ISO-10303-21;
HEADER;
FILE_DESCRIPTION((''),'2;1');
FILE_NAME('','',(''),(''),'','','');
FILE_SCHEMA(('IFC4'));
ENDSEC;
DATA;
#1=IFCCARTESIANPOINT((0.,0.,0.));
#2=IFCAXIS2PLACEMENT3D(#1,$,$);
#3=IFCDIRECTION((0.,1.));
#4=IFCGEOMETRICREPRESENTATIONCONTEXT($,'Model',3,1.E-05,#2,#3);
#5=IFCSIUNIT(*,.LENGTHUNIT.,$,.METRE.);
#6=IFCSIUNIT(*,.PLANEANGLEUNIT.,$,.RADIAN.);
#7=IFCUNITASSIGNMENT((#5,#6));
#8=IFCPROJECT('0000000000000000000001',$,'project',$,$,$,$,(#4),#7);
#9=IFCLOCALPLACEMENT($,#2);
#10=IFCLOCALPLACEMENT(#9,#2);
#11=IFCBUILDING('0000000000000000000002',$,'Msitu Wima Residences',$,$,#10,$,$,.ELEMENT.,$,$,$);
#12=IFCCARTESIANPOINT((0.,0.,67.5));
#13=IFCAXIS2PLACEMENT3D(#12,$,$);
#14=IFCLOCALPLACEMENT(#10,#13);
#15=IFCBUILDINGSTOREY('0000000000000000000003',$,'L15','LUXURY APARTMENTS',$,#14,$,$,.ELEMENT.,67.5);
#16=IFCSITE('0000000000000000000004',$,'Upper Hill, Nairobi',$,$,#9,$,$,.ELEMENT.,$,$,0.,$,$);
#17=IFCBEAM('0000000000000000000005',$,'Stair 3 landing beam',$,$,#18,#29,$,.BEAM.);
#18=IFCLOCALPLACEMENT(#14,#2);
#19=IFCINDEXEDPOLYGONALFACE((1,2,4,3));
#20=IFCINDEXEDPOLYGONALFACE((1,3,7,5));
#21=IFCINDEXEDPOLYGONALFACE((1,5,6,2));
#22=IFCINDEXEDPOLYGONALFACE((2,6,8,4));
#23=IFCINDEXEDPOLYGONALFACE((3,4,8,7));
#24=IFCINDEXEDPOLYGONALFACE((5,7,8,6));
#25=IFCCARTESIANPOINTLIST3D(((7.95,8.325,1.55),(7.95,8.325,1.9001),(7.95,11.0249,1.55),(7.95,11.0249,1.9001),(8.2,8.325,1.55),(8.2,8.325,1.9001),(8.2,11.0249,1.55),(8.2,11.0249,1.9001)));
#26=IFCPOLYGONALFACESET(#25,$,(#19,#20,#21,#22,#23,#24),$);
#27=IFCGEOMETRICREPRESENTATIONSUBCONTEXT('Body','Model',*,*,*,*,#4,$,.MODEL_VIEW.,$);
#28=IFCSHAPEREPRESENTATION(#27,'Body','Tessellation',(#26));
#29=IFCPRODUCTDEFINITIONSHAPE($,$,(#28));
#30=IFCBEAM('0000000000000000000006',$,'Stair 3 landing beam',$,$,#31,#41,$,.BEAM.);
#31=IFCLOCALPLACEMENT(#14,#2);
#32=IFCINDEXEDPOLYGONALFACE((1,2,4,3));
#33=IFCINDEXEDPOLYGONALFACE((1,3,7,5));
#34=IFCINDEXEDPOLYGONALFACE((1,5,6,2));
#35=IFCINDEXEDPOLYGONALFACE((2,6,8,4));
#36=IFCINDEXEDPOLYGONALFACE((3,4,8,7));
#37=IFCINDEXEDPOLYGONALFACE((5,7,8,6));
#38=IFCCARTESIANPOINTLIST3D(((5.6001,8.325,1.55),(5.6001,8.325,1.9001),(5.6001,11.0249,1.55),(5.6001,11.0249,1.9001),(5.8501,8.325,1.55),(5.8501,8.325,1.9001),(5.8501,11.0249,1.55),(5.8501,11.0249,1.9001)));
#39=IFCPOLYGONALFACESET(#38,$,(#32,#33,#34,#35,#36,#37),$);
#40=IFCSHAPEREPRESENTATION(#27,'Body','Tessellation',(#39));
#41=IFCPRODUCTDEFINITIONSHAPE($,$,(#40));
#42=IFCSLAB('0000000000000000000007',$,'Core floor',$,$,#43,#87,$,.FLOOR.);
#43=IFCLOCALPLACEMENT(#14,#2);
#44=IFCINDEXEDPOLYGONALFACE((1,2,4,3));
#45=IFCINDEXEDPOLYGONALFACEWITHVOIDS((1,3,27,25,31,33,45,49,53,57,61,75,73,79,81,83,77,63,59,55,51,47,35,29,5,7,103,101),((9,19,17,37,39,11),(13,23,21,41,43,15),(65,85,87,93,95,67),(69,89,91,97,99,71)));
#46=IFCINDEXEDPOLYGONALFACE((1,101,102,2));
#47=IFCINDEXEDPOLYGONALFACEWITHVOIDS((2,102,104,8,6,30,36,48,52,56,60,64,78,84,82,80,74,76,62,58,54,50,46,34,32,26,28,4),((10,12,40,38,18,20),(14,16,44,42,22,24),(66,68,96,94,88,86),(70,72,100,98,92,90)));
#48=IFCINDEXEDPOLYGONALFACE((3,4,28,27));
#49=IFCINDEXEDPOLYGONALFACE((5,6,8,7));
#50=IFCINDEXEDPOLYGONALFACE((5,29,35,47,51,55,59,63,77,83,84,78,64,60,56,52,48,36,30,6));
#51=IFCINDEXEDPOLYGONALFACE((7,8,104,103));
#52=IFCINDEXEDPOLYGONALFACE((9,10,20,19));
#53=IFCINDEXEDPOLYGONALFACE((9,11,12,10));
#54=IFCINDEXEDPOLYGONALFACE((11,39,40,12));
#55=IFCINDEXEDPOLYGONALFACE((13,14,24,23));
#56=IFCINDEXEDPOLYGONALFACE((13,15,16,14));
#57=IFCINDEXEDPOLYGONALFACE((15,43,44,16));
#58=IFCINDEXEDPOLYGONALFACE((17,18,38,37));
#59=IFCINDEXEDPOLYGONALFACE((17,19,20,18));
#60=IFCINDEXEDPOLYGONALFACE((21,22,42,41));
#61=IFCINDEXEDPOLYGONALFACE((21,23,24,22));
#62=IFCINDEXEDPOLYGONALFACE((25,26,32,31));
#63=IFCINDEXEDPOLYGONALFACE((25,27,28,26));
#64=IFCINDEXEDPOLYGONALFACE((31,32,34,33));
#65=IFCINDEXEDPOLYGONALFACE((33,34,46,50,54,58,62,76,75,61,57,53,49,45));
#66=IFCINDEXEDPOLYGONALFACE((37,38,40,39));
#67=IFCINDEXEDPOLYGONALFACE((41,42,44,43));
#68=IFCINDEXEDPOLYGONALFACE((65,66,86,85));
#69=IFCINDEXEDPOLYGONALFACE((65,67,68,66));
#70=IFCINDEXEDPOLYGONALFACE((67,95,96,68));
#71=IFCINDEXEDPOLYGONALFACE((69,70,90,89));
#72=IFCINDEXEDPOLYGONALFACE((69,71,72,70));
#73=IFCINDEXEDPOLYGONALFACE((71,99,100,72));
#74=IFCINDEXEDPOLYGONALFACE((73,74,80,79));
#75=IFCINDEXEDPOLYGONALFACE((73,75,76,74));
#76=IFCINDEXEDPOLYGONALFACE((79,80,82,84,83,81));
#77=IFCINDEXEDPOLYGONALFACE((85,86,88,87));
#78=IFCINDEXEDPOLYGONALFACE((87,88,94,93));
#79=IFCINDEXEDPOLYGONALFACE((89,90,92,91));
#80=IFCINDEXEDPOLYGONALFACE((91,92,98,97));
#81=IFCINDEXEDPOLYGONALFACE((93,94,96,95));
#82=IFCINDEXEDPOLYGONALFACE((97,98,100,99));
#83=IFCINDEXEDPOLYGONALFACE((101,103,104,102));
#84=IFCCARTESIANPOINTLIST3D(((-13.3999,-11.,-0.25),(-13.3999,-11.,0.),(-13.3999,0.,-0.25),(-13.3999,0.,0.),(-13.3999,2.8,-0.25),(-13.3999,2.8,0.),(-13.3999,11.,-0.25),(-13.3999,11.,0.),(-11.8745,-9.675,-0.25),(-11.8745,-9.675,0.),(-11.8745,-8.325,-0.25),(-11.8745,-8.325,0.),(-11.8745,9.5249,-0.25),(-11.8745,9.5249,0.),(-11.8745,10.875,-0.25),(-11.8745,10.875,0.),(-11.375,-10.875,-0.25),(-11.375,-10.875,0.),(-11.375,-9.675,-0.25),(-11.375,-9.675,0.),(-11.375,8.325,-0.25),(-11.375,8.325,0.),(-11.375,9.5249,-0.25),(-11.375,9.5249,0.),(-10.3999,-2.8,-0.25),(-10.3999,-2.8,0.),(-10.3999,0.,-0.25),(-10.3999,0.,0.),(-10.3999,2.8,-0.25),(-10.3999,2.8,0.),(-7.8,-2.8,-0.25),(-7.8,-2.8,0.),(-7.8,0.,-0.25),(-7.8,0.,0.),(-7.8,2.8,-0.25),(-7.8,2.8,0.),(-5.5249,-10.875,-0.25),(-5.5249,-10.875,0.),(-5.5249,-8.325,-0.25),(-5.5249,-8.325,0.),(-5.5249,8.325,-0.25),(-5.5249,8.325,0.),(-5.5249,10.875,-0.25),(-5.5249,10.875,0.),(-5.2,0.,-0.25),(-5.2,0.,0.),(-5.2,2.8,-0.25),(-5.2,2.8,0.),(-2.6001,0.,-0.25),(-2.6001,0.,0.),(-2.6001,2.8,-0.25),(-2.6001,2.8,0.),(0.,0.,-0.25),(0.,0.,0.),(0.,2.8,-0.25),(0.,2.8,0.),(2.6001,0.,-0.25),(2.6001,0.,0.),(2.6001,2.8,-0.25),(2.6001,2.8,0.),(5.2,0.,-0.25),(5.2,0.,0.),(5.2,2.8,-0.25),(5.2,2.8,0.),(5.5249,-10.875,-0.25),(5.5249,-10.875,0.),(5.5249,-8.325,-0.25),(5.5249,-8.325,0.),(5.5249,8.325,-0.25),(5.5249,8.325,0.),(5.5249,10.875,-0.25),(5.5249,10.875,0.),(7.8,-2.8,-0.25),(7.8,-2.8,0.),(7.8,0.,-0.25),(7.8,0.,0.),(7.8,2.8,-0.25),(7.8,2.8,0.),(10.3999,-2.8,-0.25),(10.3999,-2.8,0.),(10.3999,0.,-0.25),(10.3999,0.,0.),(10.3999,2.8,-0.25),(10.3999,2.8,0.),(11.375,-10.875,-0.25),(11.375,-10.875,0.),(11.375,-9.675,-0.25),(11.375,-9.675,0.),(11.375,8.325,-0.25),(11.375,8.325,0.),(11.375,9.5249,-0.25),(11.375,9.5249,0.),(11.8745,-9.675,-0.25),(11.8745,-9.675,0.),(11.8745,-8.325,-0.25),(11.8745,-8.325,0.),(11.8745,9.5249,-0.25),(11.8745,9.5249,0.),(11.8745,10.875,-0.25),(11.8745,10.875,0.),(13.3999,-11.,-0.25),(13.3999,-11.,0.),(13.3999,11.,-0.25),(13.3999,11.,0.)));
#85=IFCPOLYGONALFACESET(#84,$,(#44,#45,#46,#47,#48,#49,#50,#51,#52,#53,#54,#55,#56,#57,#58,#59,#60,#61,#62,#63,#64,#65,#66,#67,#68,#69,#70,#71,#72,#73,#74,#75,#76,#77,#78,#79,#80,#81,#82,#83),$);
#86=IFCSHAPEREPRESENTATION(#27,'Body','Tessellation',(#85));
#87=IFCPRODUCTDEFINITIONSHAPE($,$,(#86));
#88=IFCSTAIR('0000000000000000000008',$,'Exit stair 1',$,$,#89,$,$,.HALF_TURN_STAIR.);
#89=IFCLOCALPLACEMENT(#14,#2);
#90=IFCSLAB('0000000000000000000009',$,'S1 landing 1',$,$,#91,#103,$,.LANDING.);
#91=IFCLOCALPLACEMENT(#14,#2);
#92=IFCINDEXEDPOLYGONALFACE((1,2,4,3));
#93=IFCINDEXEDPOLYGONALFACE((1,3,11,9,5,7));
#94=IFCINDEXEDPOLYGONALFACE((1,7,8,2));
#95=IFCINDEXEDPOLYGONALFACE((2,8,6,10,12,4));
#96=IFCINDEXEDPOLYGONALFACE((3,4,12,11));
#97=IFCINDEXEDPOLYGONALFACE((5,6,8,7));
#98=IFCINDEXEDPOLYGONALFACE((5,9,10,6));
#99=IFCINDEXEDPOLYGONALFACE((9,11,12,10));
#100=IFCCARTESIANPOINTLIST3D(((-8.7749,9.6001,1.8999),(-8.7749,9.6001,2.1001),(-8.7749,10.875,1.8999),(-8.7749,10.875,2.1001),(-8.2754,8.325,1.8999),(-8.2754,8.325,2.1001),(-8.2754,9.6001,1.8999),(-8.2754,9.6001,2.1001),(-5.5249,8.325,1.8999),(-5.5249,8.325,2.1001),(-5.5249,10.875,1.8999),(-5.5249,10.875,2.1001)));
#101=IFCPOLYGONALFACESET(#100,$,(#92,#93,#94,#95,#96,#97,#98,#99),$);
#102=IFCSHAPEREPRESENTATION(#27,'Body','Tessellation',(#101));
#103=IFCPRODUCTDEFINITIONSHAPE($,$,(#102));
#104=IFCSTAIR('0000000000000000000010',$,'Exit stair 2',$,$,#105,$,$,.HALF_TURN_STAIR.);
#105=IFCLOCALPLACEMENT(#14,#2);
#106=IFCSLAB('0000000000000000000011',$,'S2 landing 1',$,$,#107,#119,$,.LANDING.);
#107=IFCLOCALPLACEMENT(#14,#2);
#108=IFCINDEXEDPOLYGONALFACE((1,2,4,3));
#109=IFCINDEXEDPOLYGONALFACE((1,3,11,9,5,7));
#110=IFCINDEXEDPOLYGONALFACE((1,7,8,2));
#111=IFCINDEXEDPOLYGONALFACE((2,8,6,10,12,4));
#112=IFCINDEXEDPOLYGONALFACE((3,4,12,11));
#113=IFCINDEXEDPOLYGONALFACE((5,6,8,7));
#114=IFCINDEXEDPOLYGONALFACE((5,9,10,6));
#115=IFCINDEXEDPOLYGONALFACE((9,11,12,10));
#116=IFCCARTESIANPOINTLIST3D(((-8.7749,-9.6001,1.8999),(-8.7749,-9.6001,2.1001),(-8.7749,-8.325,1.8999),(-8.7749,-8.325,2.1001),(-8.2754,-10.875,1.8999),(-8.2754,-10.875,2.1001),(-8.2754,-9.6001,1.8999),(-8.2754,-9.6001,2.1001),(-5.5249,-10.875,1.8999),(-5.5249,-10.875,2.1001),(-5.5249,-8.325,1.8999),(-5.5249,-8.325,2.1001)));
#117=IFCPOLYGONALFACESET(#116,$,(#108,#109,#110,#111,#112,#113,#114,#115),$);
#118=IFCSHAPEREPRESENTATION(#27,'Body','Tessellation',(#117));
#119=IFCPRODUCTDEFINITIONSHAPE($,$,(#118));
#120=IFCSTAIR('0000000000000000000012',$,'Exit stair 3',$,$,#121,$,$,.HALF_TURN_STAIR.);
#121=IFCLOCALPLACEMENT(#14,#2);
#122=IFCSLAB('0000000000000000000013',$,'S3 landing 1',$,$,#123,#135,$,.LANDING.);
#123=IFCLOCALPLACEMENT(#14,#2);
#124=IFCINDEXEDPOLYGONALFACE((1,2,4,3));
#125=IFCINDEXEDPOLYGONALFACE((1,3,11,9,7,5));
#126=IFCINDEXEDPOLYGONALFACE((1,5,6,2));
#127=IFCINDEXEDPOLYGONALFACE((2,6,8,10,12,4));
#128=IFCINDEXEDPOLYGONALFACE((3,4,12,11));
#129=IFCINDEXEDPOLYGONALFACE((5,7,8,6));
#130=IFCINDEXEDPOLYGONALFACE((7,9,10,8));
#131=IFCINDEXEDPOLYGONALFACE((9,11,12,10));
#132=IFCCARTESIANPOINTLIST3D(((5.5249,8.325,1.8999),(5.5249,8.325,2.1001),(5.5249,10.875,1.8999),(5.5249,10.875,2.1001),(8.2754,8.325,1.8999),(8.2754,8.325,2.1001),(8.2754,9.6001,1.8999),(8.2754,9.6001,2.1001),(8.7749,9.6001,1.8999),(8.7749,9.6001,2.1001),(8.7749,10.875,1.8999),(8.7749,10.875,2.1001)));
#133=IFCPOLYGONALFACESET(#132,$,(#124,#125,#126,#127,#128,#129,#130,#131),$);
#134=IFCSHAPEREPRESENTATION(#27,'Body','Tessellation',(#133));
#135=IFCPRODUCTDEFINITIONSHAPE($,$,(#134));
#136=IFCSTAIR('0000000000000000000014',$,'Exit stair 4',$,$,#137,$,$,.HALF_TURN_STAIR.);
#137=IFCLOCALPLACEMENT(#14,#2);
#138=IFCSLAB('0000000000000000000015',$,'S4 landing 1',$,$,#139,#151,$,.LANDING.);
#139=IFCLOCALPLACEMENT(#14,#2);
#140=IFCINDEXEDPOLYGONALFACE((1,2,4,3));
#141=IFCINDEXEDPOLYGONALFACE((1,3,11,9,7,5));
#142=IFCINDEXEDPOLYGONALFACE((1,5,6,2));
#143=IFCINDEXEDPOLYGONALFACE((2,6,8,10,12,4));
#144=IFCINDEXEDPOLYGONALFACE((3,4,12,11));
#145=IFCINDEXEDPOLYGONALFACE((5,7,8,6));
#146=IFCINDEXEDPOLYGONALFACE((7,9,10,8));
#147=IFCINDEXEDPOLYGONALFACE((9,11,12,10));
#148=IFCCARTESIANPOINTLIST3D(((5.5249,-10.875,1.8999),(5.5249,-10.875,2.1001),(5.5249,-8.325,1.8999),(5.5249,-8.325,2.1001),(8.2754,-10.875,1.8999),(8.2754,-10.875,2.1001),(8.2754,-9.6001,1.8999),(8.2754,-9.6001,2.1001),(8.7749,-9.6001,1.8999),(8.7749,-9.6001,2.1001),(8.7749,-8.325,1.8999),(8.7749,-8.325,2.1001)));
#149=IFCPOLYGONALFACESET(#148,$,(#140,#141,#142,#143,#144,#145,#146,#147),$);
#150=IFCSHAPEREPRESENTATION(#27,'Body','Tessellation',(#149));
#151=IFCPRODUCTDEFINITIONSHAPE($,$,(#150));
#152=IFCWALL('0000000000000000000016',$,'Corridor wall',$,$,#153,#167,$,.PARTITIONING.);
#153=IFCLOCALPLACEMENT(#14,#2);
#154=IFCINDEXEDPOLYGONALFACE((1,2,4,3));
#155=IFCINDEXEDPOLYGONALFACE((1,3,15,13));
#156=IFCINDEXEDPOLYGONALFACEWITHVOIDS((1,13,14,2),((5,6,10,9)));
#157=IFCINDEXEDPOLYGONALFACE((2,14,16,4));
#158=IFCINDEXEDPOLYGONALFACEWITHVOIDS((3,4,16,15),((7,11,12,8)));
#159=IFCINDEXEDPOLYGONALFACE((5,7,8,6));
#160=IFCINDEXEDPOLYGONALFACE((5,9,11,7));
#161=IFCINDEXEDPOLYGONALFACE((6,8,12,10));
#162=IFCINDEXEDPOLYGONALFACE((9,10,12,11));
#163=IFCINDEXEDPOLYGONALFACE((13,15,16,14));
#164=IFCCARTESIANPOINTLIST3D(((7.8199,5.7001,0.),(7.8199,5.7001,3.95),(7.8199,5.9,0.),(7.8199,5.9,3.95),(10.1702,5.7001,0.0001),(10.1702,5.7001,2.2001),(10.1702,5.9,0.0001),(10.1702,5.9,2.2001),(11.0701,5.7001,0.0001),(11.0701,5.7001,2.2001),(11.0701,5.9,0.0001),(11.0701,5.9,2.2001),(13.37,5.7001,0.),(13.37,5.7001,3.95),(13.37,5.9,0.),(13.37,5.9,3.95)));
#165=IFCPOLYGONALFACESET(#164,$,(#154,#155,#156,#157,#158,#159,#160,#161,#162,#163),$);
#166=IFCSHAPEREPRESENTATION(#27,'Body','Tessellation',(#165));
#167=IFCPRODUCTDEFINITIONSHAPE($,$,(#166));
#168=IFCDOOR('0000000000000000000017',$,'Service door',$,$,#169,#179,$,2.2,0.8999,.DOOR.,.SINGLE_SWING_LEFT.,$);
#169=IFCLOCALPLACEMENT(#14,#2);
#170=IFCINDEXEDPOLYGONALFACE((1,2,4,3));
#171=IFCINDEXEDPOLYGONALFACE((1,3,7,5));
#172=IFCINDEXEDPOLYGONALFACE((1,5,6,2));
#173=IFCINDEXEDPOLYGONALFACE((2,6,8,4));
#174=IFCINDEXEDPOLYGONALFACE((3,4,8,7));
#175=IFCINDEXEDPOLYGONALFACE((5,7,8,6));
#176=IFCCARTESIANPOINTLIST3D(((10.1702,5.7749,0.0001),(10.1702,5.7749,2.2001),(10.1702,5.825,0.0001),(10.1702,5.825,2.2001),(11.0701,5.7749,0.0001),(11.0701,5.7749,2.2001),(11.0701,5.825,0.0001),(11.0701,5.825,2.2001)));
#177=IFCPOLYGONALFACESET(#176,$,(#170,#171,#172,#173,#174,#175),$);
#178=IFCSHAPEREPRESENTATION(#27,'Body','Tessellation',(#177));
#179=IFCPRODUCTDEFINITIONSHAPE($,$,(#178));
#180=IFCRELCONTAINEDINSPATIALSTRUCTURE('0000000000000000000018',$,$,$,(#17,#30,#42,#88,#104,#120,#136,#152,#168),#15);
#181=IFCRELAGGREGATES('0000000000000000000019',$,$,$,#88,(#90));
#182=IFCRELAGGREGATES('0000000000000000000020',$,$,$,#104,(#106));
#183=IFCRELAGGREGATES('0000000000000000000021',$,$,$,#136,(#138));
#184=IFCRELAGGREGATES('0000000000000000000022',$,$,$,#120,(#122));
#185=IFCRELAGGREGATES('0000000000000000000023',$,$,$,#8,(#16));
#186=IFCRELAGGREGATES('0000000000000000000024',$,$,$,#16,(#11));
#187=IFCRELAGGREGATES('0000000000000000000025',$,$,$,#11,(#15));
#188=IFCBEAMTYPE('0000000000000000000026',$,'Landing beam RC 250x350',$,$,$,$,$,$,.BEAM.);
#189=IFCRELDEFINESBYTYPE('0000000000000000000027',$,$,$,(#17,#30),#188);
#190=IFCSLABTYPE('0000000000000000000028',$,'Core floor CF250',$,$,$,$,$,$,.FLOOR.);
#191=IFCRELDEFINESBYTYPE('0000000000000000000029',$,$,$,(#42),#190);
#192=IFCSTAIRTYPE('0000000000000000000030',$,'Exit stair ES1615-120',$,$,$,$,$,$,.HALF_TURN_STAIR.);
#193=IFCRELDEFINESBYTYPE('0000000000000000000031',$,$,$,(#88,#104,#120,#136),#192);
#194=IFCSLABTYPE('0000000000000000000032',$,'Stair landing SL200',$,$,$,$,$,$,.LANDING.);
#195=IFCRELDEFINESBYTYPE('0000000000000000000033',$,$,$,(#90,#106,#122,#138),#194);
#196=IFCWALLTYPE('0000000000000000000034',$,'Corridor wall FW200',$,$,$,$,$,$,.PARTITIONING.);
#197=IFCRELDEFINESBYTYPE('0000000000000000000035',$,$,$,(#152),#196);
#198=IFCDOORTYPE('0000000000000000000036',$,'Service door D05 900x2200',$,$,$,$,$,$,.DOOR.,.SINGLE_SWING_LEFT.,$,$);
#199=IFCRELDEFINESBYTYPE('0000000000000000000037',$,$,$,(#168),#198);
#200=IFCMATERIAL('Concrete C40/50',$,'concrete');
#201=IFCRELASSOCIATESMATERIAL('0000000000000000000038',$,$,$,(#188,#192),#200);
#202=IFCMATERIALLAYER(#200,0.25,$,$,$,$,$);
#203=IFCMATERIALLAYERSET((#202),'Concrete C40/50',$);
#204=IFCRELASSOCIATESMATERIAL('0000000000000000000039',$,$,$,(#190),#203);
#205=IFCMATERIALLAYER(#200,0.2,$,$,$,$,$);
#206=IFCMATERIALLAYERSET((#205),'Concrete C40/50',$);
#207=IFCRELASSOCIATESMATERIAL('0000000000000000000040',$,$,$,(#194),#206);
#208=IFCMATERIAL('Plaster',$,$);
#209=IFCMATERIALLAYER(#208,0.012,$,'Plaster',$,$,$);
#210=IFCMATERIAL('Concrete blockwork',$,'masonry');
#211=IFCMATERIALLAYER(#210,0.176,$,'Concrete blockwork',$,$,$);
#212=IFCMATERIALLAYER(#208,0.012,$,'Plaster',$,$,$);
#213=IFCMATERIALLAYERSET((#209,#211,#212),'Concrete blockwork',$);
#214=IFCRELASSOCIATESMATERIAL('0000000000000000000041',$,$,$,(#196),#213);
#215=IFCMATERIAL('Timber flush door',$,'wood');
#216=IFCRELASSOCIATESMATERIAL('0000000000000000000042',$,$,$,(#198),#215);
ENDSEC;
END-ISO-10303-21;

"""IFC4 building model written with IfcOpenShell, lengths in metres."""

from ifc_helpers import new_model, si_unit, direction, frame, frame_2d, origin, origin_2d, place, context, subcontext, project, spatial, polyline, rectangle, outline, extrude, material, layer, layer_set, material_profile, profile_set, type_object, element, fill, aggregate, save


model = new_model("IFC4")

# Units and contexts
model_context = context("Model", 3, precision=1e-05, world=origin(), true_north=direction((0.0, 1.0)))
body_context = subcontext(model_context, "Body", "Model", "MODEL_VIEW")
ifc_project = project(units=[si_unit("LENGTHUNIT", "METRE"), si_unit("PLANEANGLEUNIT", "RADIAN")], contexts=[model_context])

# Site, building, storey
site_placement = place(None, origin())
site = spatial("IfcSite", under=ifc_project, at=site_placement, Name="Upper Hill, Nairobi", CompositionType="ELEMENT", RefElevation=0.0)
building_placement = place(site_placement, origin())
building = spatial("IfcBuilding", under=site, at=building_placement, Name="Msitu Wima Residences", CompositionType="ELEMENT")
storey_placement = place(building_placement, frame((0.0, 0.0, 67.5)))
storey = spatial("IfcBuildingStorey", under=building, at=storey_placement, Name="L15", Description="LUXURY APARTMENTS", CompositionType="ELEMENT", Elevation=67.5)

# Beams
ifc_material_1 = material(Name="Concrete C40/50", Category="concrete")
ifc_material_profile = material_profile(ifc_material_1, rectangle(XDim=0.25, YDim=0.3501, at=origin_2d()), Name="RC 250x350")
ifc_profile_set = profile_set([ifc_material_profile], Name="Concrete C40/50")
beam_type = type_object("IfcBeamType", Name="Landing beam RC 250x350", PredefinedType="BEAM", material=ifc_profile_set)
for number, where, z_axis, x_axis, name in (
    (1, (8.075, 8.325, 1.7251), (0.0, 1.0, 0.0), (-1.0, 0.0, 0.0), "Stair 3 landing beam"),
    (2, (5.7251, 8.325, 1.7251), (0.0, 1.0, 0.0), (-1.0, 0.0, 0.0), "Stair 3 landing beam"),
):
    element("IfcBeam", number, at=place(storey_placement, frame(where, z_axis=z_axis, x_axis=x_axis)), inside=storey, type_object=beam_type, Name=name, PredefinedType="BEAM", context=body_context, shape_type="SweptSolid", body=[
        extrude(rectangle(XDim=0.25, YDim=0.3501, at=origin_2d()), origin(), (0.0, 0.0, 1.0), 2.7),
    ])

# Slab
ifc_layer_1 = layer(ifc_material_1, 0.25)
ifc_layer_set_1 = layer_set([ifc_layer_1], Name="Concrete C40/50")
slab_type_1 = type_object("IfcSlabType", Name="Core floor CF250", PredefinedType="FLOOR", material=ifc_layer_set_1)
slab_1_placement = place(storey_placement, frame((0.0, 0.0, -0.25)))
element("IfcSlab", 3, at=slab_1_placement, inside=storey, type_object=slab_type_1, Name="Core floor", PredefinedType="FLOOR", context=body_context, shape_type="SweptSolid", body=[
    extrude(outline(polyline([(-13.3999, 11.0), (-13.3999, 2.8), (-10.3999, 2.8), (-7.8, 2.8), (-5.2, 2.8), (-2.6001, 2.8), (0.0, 2.8), (2.6001, 2.8), (5.2, 2.8), (7.8, 2.8), (10.3999, 2.8), (10.3999, 0.0), (10.3999, -2.8), (7.8, -2.8), (7.8, 0.0), (5.2, 0.0), (2.6001, 0.0), (0.0, 0.0), (-2.6001, 0.0), (-5.2, 0.0), (-7.8, 0.0), (-7.8, -2.8), (-10.3999, -2.8), (-10.3999, 0.0), (-13.3999, 0.0), (-13.3999, -11.0), (13.3999, -11.0), (13.3999, 11.0), (-13.3999, 11.0)]), holes=[polyline([(-11.375, -10.875), (-11.375, -9.675), (-11.8745, -9.675), (-11.8745, -8.325), (-5.5249, -8.325), (-5.5249, -10.875), (-11.375, -10.875)]), polyline([(-11.375, 9.5249), (-11.8745, 9.5249), (-11.8745, 10.875), (-5.5249, 10.875), (-5.5249, 8.325), (-11.375, 8.325), (-11.375, 9.5249)]), polyline([(11.375, -9.675), (11.375, -10.875), (5.5249, -10.875), (5.5249, -8.325), (11.8745, -8.325), (11.8745, -9.675), (11.375, -9.675)]), polyline([(11.375, 9.5249), (11.375, 8.325), (5.5249, 8.325), (5.5249, 10.875), (11.8745, 10.875), (11.8745, 9.5249), (11.375, 9.5249)])]), origin(), (0.0, 0.0, 1.0), 0.25),
])

# Stairs, slabs
stair_type = type_object("IfcStairType", Name="Exit stair ES1615-120", PredefinedType="HALF_TURN_STAIR", material=ifc_material_1)
stair_1_placement = place(storey_placement, origin())
stair_1 = element("IfcStair", 4, at=stair_1_placement, inside=storey, type_object=stair_type, Name="Exit stair 1", PredefinedType="HALF_TURN_STAIR")
ifc_layer_2 = layer(ifc_material_1, 0.2)
ifc_layer_set_2 = layer_set([ifc_layer_2], Name="Concrete C40/50")
slab_type_2 = type_object("IfcSlabType", Name="Stair landing SL200", PredefinedType="LANDING", material=ifc_layer_set_2)
slab_2_placement = place(storey_placement, frame((0.0, 0.0, 1.8999)))
slab_2 = element("IfcSlab", 5, at=slab_2_placement, type_object=slab_type_2, Name="S1 landing 1", PredefinedType="LANDING", context=body_context, shape_type="SweptSolid", body=[
    extrude(outline(polyline([(-5.5249, 8.325), (-8.2754, 8.325), (-8.2754, 9.6001), (-8.7749, 9.6001), (-8.7749, 10.875), (-5.5249, 10.875), (-5.5249, 8.325)])), origin(), (0.0, 0.0, 1.0), 0.2002),
])
aggregate(stair_1, [slab_2])
stair_2_placement = place(storey_placement, origin())
stair_2 = element("IfcStair", 6, at=stair_2_placement, inside=storey, type_object=stair_type, Name="Exit stair 2", PredefinedType="HALF_TURN_STAIR")
slab_3_placement = place(storey_placement, frame((0.0, 0.0, 1.8999)))
slab_3 = element("IfcSlab", 7, at=slab_3_placement, type_object=slab_type_2, Name="S2 landing 1", PredefinedType="LANDING", context=body_context, shape_type="SweptSolid", body=[
    extrude(outline(polyline([(-5.5249, -10.875), (-8.2754, -10.875), (-8.2754, -9.6001), (-8.7749, -9.6001), (-8.7749, -8.325), (-5.5249, -8.325), (-5.5249, -10.875)])), origin(), (0.0, 0.0, 1.0), 0.2002),
])
aggregate(stair_2, [slab_3])
stair_3_placement = place(storey_placement, origin())
stair_3 = element("IfcStair", 8, at=stair_3_placement, inside=storey, type_object=stair_type, Name="Exit stair 3", PredefinedType="HALF_TURN_STAIR")
slab_4_placement = place(storey_placement, frame((0.0, 0.0, 1.8999)))
slab_4 = element("IfcSlab", 9, at=slab_4_placement, type_object=slab_type_2, Name="S3 landing 1", PredefinedType="LANDING", context=body_context, shape_type="SweptSolid", body=[
    extrude(outline(polyline([(5.5249, 8.325), (8.2754, 8.325), (8.2754, 9.6001), (8.7749, 9.6001), (8.7749, 10.875), (5.5249, 10.875), (5.5249, 8.325)])), origin(), (0.0, 0.0, 1.0), 0.2002),
])
stair_4_placement = place(storey_placement, origin())
stair_4 = element("IfcStair", 10, at=stair_4_placement, inside=storey, type_object=stair_type, Name="Exit stair 4", PredefinedType="HALF_TURN_STAIR")
slab_5_placement = place(storey_placement, frame((0.0, 0.0, 1.8999)))
slab_5 = element("IfcSlab", 11, at=slab_5_placement, type_object=slab_type_2, Name="S4 landing 1", PredefinedType="LANDING", context=body_context, shape_type="SweptSolid", body=[
    extrude(outline(polyline([(5.5249, -10.875), (8.2754, -10.875), (8.2754, -9.6001), (8.7749, -9.6001), (8.7749, -8.325), (5.5249, -8.325), (5.5249, -10.875)])), origin(), (0.0, 0.0, 1.0), 0.2002),
])
aggregate(stair_4, [slab_5])

# Wall, opening, door
ifc_material_2 = material(Name="Plaster")
ifc_layer_3 = layer(ifc_material_2, 0.012, Name="Plaster")
ifc_material_3 = material(Name="Concrete blockwork", Category="masonry")
ifc_layer_4 = layer(ifc_material_3, 0.176, Name="Concrete blockwork")
ifc_layer_5 = layer(ifc_material_2, 0.012, Name="Plaster")
ifc_layer_set_3 = layer_set([ifc_layer_3, ifc_layer_4, ifc_layer_5], Name="Concrete blockwork")
wall_type_1 = type_object("IfcWallType", Name="Corridor wall FW200", PredefinedType="PARTITIONING", material=ifc_layer_set_3)
wall_1_placement = place(storey_placement, frame((7.8201, 5.8, 0.0), z_axis=(0.0, 0.0, 1.0), x_axis=(1.0, 0.0, 0.0)))
wall_1 = element("IfcWall", 12, at=wall_1_placement, inside=storey, type_object=wall_type_1, Name="Corridor wall", PredefinedType="PARTITIONING", context=body_context, shape_type="SweptSolid", body=[
    extrude(rectangle(XDim=5.55, YDim=0.2, at=frame_2d((2.7749, 0.0))), origin(), (0.0, 0.0, 1.0), 3.95),
])
opening_1_placement = place(wall_1_placement, frame((2.3501, 0.0, 0.0)))
opening_1 = element("IfcOpeningElement", 13, at=opening_1_placement, cuts=wall_1, PredefinedType="OPENING", context=body_context, shape_type="SweptSolid", body=[
    extrude(rectangle(XDim=0.8999, YDim=2.2, at=frame_2d((0.45, 1.1001))), frame((0.0, 0.1099, 0.0), z_axis=(0.0, -1.0, 0.0), x_axis=(1.0, 0.0, 0.0)), (0.0, 0.0, 1.0), 0.22),
])
ifc_material_4 = material(Name="Timber flush door", Category="wood")
door_type_1 = type_object("IfcDoorType", Name="Service door D05 900x2200", OperationType="SINGLE_SWING_LEFT", PredefinedType="DOOR", material=ifc_material_4)
door_1_placement = place(opening_1_placement, origin())
door_1 = element("IfcDoor", 14, at=door_1_placement, inside=storey, type_object=door_type_1, Name="Service door", OperationType="SINGLE_SWING_LEFT", OverallHeight=2.2, OverallWidth=0.8999, PredefinedType="DOOR", context=body_context, shape_type="SweptSolid", body=[
    extrude(rectangle(XDim=0.8999, YDim=2.2, at=frame_2d((0.45, 1.1001))), frame((0.0, 0.0249, 0.0), z_axis=(0.0, -1.0, 0.0), x_axis=(1.0, 0.0, 0.0)), (0.0, 0.0, 1.0), 0.05),
])
fill(opening_1, door_1)

aggregate(stair_3, [slab_4])

save(model, "model.ifc")
